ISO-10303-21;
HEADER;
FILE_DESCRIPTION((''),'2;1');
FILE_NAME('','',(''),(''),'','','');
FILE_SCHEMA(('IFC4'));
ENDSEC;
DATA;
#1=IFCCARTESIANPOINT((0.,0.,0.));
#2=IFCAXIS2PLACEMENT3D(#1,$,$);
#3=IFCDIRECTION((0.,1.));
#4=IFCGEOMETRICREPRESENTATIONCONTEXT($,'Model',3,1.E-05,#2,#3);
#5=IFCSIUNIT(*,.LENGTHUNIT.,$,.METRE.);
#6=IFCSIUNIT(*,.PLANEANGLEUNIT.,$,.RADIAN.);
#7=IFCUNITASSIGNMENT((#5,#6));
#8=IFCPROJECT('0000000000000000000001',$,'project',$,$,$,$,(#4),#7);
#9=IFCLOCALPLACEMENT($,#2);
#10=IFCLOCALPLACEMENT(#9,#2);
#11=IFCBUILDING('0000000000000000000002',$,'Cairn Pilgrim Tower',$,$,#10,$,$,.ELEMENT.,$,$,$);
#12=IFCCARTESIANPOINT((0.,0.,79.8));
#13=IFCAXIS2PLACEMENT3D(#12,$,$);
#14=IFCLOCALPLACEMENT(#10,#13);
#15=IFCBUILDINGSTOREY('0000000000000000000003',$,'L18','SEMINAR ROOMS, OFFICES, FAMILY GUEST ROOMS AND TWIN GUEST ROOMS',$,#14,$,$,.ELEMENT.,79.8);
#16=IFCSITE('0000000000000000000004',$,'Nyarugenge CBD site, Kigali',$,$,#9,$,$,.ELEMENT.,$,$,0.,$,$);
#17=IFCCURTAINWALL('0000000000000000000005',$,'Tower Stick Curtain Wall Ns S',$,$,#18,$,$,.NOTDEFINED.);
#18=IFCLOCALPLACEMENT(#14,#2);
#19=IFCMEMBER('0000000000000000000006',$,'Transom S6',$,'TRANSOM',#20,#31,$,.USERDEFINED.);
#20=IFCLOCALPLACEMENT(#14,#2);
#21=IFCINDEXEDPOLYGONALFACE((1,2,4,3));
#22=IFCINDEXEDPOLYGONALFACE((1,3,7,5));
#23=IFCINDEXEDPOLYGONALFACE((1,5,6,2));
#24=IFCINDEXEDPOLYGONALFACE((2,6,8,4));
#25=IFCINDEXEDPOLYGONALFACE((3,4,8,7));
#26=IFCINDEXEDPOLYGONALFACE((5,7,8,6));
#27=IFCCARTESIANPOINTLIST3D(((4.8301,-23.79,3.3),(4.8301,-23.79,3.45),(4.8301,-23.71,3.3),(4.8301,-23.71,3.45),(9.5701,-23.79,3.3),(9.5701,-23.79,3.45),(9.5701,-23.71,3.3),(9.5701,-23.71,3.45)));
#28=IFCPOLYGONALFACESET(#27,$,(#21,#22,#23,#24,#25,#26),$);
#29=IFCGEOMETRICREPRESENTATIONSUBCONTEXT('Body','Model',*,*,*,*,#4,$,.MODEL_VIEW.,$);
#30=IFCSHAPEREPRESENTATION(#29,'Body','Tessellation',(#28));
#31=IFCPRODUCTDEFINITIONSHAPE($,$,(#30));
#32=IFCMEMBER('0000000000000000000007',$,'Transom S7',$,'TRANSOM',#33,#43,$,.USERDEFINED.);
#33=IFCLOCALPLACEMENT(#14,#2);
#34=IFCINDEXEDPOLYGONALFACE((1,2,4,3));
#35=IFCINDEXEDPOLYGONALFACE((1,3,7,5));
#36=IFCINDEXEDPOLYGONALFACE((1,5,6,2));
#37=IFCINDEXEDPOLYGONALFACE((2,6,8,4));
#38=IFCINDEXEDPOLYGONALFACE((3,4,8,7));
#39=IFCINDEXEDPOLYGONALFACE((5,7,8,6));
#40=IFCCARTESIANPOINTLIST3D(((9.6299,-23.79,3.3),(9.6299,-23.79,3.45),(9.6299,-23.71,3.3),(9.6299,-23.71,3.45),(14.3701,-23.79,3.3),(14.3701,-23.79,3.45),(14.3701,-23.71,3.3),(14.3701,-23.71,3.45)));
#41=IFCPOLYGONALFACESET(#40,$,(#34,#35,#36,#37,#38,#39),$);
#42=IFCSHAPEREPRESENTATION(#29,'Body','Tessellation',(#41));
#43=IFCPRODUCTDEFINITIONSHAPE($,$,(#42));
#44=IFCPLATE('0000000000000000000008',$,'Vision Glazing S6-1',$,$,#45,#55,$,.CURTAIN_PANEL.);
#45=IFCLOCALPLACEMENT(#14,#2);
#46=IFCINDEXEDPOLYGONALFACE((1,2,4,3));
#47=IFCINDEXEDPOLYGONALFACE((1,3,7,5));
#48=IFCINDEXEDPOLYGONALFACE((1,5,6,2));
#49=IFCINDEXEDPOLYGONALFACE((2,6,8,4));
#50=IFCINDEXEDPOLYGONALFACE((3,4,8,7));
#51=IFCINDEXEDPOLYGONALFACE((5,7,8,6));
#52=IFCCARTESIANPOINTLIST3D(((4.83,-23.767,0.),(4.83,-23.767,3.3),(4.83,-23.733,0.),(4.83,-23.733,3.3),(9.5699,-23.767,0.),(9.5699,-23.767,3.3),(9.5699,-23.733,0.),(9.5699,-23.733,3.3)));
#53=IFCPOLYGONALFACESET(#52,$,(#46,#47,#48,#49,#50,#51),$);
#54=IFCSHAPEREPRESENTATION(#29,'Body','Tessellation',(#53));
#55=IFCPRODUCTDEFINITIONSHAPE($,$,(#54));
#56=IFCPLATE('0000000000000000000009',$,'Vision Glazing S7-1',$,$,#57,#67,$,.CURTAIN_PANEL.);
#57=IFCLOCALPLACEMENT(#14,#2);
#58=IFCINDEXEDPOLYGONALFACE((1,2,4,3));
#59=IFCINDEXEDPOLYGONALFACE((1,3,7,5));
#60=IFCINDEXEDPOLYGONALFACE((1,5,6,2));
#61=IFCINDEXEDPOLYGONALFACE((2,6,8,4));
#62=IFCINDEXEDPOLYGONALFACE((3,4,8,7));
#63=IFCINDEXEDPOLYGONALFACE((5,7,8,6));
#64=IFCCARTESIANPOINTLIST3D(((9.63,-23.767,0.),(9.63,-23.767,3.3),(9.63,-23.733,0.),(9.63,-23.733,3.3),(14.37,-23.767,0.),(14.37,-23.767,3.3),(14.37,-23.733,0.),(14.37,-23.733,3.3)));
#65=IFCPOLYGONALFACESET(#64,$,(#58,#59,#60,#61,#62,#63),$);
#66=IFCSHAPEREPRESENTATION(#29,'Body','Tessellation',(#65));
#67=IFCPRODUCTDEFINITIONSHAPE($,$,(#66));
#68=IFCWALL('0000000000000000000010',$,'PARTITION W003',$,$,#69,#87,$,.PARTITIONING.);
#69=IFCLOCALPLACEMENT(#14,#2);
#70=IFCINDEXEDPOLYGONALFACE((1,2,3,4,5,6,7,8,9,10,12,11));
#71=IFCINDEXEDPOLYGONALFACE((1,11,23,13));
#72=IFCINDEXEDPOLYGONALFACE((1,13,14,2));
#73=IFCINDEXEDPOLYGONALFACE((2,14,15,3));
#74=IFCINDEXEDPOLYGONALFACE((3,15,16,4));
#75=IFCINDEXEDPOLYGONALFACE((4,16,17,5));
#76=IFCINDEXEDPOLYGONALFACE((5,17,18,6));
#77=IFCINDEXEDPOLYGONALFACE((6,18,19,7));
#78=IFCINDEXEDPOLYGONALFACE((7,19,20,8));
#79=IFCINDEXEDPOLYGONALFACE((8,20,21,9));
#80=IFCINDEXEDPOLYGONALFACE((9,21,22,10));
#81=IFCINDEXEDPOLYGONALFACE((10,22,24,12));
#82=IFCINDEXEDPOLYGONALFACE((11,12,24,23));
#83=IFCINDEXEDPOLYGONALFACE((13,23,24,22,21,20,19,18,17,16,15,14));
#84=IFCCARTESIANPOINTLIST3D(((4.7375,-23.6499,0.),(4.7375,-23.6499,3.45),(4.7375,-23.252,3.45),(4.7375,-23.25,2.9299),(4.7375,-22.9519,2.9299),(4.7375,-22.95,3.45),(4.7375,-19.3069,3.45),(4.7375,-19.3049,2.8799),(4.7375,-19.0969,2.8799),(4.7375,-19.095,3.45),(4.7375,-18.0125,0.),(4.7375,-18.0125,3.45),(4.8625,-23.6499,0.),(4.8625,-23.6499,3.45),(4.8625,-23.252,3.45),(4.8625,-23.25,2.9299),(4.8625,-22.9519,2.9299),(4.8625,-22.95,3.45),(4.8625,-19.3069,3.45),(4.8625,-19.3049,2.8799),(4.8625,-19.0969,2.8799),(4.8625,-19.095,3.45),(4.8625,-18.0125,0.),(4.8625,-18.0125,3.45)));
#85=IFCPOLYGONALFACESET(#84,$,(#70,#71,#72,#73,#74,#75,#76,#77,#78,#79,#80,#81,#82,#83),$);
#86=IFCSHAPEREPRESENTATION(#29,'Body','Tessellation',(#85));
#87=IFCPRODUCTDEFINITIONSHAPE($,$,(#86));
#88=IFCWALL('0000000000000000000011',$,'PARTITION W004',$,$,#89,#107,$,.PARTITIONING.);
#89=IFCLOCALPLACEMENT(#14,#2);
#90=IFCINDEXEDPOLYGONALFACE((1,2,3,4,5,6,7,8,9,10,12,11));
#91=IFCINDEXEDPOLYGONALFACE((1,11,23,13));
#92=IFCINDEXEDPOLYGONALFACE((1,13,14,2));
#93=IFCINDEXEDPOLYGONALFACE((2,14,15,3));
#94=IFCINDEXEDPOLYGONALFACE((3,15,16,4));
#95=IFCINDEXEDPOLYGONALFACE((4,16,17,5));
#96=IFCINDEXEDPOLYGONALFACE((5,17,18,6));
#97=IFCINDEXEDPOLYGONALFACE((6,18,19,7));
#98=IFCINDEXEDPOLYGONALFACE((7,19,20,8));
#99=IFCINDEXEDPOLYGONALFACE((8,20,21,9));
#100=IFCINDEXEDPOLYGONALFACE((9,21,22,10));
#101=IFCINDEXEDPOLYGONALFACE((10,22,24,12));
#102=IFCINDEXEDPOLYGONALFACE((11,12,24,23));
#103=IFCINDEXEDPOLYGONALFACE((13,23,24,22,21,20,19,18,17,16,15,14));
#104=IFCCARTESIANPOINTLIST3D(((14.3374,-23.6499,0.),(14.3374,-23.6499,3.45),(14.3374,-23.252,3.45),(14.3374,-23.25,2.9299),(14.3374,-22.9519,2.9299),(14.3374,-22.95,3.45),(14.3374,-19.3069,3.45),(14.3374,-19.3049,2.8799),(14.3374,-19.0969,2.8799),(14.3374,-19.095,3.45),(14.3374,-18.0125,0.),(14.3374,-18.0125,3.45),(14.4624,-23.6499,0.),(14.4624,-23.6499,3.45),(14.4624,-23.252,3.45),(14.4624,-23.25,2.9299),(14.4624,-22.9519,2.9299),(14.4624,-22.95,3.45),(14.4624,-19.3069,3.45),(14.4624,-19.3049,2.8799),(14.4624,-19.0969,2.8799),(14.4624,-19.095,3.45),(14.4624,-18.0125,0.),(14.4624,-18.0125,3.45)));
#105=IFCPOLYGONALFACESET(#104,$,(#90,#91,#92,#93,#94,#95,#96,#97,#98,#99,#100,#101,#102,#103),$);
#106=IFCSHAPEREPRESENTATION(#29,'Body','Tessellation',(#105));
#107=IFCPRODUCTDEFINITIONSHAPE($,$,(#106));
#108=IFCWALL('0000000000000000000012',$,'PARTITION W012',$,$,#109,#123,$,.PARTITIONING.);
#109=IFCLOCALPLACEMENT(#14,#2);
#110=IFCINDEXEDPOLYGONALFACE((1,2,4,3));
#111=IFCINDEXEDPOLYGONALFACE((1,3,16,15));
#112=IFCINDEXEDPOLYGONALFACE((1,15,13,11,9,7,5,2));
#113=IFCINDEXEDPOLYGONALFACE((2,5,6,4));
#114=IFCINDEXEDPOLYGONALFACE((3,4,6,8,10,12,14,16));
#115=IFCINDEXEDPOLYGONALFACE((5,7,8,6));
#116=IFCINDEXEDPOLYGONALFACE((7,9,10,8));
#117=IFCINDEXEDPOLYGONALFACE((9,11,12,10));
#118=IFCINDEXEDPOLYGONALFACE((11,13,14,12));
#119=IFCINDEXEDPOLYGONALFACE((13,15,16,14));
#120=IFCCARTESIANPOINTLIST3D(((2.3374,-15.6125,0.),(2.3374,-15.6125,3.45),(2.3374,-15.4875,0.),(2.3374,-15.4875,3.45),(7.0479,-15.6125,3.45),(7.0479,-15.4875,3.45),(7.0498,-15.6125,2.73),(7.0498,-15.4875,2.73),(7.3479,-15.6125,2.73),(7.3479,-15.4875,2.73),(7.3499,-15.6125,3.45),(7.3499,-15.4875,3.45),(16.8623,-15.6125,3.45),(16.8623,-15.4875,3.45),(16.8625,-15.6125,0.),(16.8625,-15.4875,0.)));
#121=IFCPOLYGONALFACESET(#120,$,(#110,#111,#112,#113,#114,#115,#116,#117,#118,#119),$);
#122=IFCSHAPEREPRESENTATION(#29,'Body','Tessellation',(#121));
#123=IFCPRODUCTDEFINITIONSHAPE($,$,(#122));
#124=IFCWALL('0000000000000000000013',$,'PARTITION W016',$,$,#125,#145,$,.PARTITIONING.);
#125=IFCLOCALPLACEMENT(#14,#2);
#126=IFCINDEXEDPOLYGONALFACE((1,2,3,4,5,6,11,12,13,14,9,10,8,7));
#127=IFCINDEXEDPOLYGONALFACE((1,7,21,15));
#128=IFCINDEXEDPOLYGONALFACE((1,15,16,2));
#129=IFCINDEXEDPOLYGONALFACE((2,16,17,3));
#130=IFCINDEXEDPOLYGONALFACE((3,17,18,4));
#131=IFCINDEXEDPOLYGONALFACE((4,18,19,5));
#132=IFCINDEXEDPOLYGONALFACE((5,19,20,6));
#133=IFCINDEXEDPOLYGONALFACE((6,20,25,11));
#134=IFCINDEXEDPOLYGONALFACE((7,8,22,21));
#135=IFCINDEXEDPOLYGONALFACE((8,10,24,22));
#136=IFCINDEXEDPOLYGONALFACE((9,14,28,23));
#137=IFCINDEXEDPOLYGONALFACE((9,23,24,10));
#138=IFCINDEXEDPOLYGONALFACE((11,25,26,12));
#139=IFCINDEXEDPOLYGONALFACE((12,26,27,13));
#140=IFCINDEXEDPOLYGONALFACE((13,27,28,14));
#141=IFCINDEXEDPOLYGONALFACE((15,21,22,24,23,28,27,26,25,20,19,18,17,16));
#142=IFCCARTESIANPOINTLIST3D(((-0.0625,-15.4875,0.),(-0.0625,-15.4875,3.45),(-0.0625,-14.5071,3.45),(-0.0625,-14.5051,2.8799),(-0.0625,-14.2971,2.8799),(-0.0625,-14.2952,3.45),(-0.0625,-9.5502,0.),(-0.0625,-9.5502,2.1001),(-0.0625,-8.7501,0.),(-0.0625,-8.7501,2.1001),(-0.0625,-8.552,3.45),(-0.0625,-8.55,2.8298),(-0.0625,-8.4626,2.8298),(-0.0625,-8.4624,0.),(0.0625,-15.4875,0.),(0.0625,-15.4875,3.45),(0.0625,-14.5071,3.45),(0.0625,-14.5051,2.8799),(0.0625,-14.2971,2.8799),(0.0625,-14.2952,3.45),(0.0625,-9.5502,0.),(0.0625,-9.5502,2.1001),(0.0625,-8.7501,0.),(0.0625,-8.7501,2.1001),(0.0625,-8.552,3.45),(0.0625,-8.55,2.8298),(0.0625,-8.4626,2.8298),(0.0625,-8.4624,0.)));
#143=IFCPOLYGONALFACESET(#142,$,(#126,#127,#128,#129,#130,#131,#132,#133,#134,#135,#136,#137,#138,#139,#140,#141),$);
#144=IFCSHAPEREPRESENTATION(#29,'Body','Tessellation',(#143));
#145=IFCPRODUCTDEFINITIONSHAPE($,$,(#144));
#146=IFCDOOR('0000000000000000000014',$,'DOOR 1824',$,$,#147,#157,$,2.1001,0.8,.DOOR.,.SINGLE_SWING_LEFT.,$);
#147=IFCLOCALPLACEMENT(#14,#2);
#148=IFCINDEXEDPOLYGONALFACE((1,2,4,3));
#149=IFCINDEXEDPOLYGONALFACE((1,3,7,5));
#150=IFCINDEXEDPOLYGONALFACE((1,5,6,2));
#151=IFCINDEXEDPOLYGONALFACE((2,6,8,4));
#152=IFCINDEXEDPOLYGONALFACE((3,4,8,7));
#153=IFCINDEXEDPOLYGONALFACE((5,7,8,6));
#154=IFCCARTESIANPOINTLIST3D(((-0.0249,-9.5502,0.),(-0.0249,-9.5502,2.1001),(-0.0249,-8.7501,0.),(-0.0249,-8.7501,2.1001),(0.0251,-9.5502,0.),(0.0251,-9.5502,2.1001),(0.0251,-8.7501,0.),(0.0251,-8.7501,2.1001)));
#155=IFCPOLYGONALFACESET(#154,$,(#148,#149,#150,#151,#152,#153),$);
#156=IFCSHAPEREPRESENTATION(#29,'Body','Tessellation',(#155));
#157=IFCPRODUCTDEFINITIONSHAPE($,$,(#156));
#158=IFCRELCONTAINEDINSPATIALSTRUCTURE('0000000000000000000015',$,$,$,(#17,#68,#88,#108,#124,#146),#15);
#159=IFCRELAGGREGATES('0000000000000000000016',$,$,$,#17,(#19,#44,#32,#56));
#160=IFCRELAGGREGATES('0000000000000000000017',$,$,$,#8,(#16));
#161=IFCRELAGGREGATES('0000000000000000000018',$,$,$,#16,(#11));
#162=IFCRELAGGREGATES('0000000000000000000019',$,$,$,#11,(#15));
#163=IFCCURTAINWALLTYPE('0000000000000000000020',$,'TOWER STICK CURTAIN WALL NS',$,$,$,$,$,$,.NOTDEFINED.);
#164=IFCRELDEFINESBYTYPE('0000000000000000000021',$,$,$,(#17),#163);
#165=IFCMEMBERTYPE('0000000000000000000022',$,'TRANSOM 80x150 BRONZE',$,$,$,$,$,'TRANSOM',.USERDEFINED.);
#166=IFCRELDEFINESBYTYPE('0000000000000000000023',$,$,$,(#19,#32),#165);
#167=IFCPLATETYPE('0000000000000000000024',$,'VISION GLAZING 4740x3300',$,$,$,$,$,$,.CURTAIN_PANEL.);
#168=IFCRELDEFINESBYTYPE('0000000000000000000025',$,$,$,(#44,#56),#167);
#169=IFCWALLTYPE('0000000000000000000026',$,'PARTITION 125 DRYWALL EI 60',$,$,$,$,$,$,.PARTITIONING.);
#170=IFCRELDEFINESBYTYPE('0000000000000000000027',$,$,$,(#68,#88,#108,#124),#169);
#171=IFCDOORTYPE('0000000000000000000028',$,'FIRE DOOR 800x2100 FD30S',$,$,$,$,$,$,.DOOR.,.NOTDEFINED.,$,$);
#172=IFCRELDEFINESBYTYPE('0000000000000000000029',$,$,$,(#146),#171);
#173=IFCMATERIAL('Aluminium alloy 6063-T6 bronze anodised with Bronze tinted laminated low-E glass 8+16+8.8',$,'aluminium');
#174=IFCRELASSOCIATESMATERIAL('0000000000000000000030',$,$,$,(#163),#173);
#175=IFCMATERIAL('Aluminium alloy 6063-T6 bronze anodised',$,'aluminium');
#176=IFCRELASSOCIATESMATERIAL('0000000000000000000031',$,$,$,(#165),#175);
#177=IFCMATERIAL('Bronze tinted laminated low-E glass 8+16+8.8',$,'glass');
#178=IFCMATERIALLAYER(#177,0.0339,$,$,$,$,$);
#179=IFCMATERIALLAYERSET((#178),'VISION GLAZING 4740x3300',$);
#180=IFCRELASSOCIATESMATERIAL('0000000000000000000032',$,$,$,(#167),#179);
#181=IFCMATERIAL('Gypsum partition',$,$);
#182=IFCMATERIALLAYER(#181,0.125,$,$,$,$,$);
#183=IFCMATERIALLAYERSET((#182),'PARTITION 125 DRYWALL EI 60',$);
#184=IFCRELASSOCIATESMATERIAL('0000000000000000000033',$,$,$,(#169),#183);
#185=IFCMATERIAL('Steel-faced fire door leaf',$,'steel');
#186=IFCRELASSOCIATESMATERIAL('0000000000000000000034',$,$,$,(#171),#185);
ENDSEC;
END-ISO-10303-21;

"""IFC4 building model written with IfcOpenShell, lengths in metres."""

from ifc_helpers import new_model, si_unit, direction, frame, frame_2d, origin, origin_2d, place, context, subcontext, project, spatial, polyline, rectangle, outline, extrude, material, layer, layer_set, material_profile, profile_set, type_object, element, fill, aggregate, save


model = new_model("IFC4")

# Units and contexts
model_context = context("Model", 3, precision=1e-05, world=origin(), true_north=direction((0.0, 1.0)))
body_context = subcontext(model_context, "Body", "Model", "MODEL_VIEW")
ifc_project = project(units=[si_unit("LENGTHUNIT", "METRE"), si_unit("PLANEANGLEUNIT", "RADIAN")], contexts=[model_context])

# Site, building, storey
site_placement = place(None, origin())
site = spatial("IfcSite", under=ifc_project, at=site_placement, Name="Nyarugenge CBD site, Kigali", CompositionType="ELEMENT", RefElevation=0.0)
building_placement = place(site_placement, origin())
building = spatial("IfcBuilding", under=site, at=building_placement, Name="Cairn Pilgrim Tower", CompositionType="ELEMENT")
storey_placement = place(building_placement, frame((0.0, 0.0, 79.8)))
storey = spatial("IfcBuildingStorey", under=building, at=storey_placement, Name="L18", Description="SEMINAR ROOMS, OFFICES, FAMILY GUEST ROOMS AND TWIN GUEST ROOMS", CompositionType="ELEMENT", Elevation=79.8)

# Curtain wall
ifc_material_1 = material(Name="Aluminium alloy 6063-T6 bronze anodised with Bronze tinted laminated low-E glass 8+16+8.8", Category="aluminium")
curtain_wall_type = type_object("IfcCurtainWallType", Name="TOWER STICK CURTAIN WALL NS", PredefinedType="NOTDEFINED", material=ifc_material_1)
curtain_wall_placement = place(storey_placement, origin())
curtain_wall = element("IfcCurtainWall", 1, at=curtain_wall_placement, inside=storey, type_object=curtain_wall_type, Name="Tower Stick Curtain Wall Ns S", PredefinedType="NOTDEFINED")
ifc_material_2 = material(Name="Aluminium alloy 6063-T6 bronze anodised", Category="aluminium")

# Members
ifc_material_profile_1 = material_profile(ifc_material_2, rectangle(XDim=0.0801, YDim=0.1499, at=origin_2d()), Name="TRANSOM 80x150 BRONZE")
ifc_profile_set_1 = profile_set([ifc_material_profile_1], Name="Aluminium alloy 6063-T6 bronze anodised")
member_type_1 = type_object("IfcMemberType", Name="TRANSOM 80x150 BRONZE", ElementType="TRANSOM", PredefinedType="USERDEFINED", material=ifc_profile_set_1)
member_1_placement = place(storey_placement, frame((4.8301, -23.75, 3.375), z_axis=(1.0, 0.0, 0.0), x_axis=(0.0, 1.0, 0.0)))
member_1 = element("IfcMember", 2, at=member_1_placement, type_object=member_type_1, Name="Transom S6", ObjectType="TRANSOM", PredefinedType="USERDEFINED", context=body_context, shape_type="SweptSolid", body=[
    extrude(rectangle(XDim=0.0801, YDim=0.1499, at=origin_2d()), origin(), (0.0, 0.0, 1.0), 4.74),
])
member_2_placement = place(storey_placement, frame((9.6299, -23.75, 3.375), z_axis=(1.0, 0.0, 0.0), x_axis=(0.0, 1.0, 0.0)))
member_2 = element("IfcMember", 3, at=member_2_placement, type_object=member_type_1, Name="Transom S7", ObjectType="TRANSOM", PredefinedType="USERDEFINED", context=body_context, shape_type="SweptSolid", body=[
    extrude(rectangle(XDim=0.0801, YDim=0.1499, at=origin_2d()), origin(), (0.0, 0.0, 1.0), 4.7402),
])

# Plates
ifc_material_3 = material(Name="Bronze tinted laminated low-E glass 8+16+8.8", Category="glass")
ifc_layer_1 = layer(ifc_material_3, 0.0339)
ifc_layer_set_1 = layer_set([ifc_layer_1], Name="VISION GLAZING 4740x3300")
plate_type = type_object("IfcPlateType", Name="VISION GLAZING 4740x3300", PredefinedType="CURTAIN_PANEL", material=ifc_layer_set_1)
plate_1_placement = place(storey_placement, frame((7.2, -23.75, 0.0), z_axis=(0.0, 0.0, 1.0), x_axis=(1.0, 0.0, 0.0)))
plate_1 = element("IfcPlate", 4, at=plate_1_placement, type_object=plate_type, Name="Vision Glazing S6-1", PredefinedType="CURTAIN_PANEL", context=body_context, shape_type="SweptSolid", body=[
    extrude(rectangle(XDim=4.74, YDim=0.0339, at=origin_2d()), origin(), (0.0, 0.0, 1.0), 3.3),
])
plate_2_placement = place(storey_placement, frame((12.0, -23.75, 0.0), z_axis=(0.0, 0.0, 1.0), x_axis=(1.0, 0.0, 0.0)))
plate_2 = element("IfcPlate", 5, at=plate_2_placement, type_object=plate_type, Name="Vision Glazing S7-1", PredefinedType="CURTAIN_PANEL", context=body_context, shape_type="SweptSolid", body=[
    extrude(rectangle(XDim=4.74, YDim=0.0339, at=origin_2d()), origin(), (0.0, 0.0, 1.0), 3.3),
])
aggregate(curtain_wall, [member_1, plate_1, member_2, plate_2])

# Walls
ifc_material_4 = material(Name="Gypsum partition")
ifc_layer_2 = layer(ifc_material_4, 0.125)
ifc_layer_set_2 = layer_set([ifc_layer_2], Name="PARTITION 125 DRYWALL EI 60")
wall_type_1 = type_object("IfcWallType", Name="PARTITION 125 DRYWALL EI 60", PredefinedType="PARTITIONING", material=ifc_layer_set_2)
for number, where, z_axis, x_axis, name in (
    (6, (4.8, -23.6499, 0.0), (0.0, 0.0, 1.0), (0.0, 1.0, 0.0), "PARTITION W003"),
    (7, (14.3999, -23.6499, 0.0), (0.0, 0.0, 1.0), (0.0, 1.0, 0.0), "PARTITION W004"),
):
    element("IfcWall", number, at=place(storey_placement, frame(where, z_axis=z_axis, x_axis=x_axis)), inside=storey, type_object=wall_type_1, Name=name, PredefinedType="PARTITIONING", context=body_context, shape_type="SweptSolid", body=[
        extrude(outline(polyline([(0.0, 0.0), (5.6375, 0.0), (5.6375, 3.45), (4.5549, 3.45), (4.553, 2.8799), (4.345, 2.8799), (4.343, 3.45), (0.7, 3.45), (0.698, 2.9299), (0.3999, 2.9299), (0.3979, 3.45), (0.0, 3.45), (0.0, 0.0)])), frame((0.0, 0.0625, 0.0), z_axis=(0.0, -1.0, 0.0), x_axis=(1.0, 0.0, 0.0)), (0.0, 0.0, 1.0), 0.125),
    ])
wall_1_placement = place(storey_placement, frame((2.3374, -15.55, 0.0), z_axis=(0.0, 0.0, 1.0), x_axis=(1.0, 0.0, 0.0)))
element("IfcWall", 8, at=wall_1_placement, inside=storey, type_object=wall_type_1, Name="PARTITION W012", PredefinedType="PARTITIONING", context=body_context, shape_type="SweptSolid", body=[
    extrude(outline(polyline([(0.0, 0.0), (14.5251, 0.0), (14.5249, 3.45), (5.0125, 3.45), (5.0105, 2.73), (4.7124, 2.73), (4.7104, 3.45), (0.0, 3.45), (0.0, 0.0)])), frame((0.0, 0.0625, 0.0), z_axis=(0.0, -1.0, 0.0), x_axis=(1.0, 0.0, 0.0)), (0.0, 0.0, 1.0), 0.125),
])

# Wall, opening, door
wall_2_placement = place(storey_placement, frame((0.0, -15.4875, 0.0), z_axis=(0.0, 0.0, 1.0), x_axis=(0.0, 1.0, 0.0)))
wall_2 = element("IfcWall", 9, at=wall_2_placement, inside=storey, type_object=wall_type_1, Name="PARTITION W016", PredefinedType="PARTITIONING", context=body_context, shape_type="SweptSolid", body=[
    extrude(outline(polyline([(0.0, 0.0), (7.0251, 0.0), (7.0249, 2.8298), (6.9375, 2.8298), (6.9355, 3.45), (1.1924, 3.45), (1.1904, 2.8799), (0.9824, 2.8799), (0.9805, 3.45), (0.0, 3.45), (0.0, 0.0)])), frame((0.0, 0.0625, 0.0), z_axis=(0.0, -1.0, 0.0), x_axis=(1.0, 0.0, 0.0)), (0.0, 0.0, 1.0), 0.125),
])
opening_1_placement = place(wall_2_placement, frame((5.9375, 0.0, 0.0)))
opening_1 = element("IfcOpeningElement", 10, at=opening_1_placement, cuts=wall_2, PredefinedType="OPENING", context=body_context, shape_type="SweptSolid", body=[
    extrude(rectangle(XDim=0.8, YDim=2.1001, at=frame_2d((0.3999, 1.05))), frame((0.0, 0.0725, 0.0), z_axis=(0.0, -1.0, 0.0), x_axis=(1.0, 0.0, 0.0)), (0.0, 0.0, 1.0), 0.145),
])
ifc_material_5 = material(Name="Steel-faced fire door leaf", Category="steel")
door_type_1 = type_object("IfcDoorType", Name="FIRE DOOR 800x2100 FD30S", OperationType="NOTDEFINED", PredefinedType="DOOR", material=ifc_material_5)
door_1_placement = place(opening_1_placement, origin())
door_1 = element("IfcDoor", 11, at=door_1_placement, inside=storey, type_object=door_type_1, Name="DOOR 1824", OperationType="SINGLE_SWING_LEFT", OverallHeight=2.1001, OverallWidth=0.8, PredefinedType="DOOR", context=body_context, shape_type="SweptSolid", body=[
    extrude(rectangle(XDim=0.8, YDim=2.1001, at=frame_2d((0.3999, 1.05))), frame((0.0, 0.0249, 0.0), z_axis=(0.0, -1.0, 0.0), x_axis=(1.0, 0.0, 0.0)), (0.0, 0.0, 1.0), 0.05),
])
fill(opening_1, door_1)

save(model, "model.ifc")
